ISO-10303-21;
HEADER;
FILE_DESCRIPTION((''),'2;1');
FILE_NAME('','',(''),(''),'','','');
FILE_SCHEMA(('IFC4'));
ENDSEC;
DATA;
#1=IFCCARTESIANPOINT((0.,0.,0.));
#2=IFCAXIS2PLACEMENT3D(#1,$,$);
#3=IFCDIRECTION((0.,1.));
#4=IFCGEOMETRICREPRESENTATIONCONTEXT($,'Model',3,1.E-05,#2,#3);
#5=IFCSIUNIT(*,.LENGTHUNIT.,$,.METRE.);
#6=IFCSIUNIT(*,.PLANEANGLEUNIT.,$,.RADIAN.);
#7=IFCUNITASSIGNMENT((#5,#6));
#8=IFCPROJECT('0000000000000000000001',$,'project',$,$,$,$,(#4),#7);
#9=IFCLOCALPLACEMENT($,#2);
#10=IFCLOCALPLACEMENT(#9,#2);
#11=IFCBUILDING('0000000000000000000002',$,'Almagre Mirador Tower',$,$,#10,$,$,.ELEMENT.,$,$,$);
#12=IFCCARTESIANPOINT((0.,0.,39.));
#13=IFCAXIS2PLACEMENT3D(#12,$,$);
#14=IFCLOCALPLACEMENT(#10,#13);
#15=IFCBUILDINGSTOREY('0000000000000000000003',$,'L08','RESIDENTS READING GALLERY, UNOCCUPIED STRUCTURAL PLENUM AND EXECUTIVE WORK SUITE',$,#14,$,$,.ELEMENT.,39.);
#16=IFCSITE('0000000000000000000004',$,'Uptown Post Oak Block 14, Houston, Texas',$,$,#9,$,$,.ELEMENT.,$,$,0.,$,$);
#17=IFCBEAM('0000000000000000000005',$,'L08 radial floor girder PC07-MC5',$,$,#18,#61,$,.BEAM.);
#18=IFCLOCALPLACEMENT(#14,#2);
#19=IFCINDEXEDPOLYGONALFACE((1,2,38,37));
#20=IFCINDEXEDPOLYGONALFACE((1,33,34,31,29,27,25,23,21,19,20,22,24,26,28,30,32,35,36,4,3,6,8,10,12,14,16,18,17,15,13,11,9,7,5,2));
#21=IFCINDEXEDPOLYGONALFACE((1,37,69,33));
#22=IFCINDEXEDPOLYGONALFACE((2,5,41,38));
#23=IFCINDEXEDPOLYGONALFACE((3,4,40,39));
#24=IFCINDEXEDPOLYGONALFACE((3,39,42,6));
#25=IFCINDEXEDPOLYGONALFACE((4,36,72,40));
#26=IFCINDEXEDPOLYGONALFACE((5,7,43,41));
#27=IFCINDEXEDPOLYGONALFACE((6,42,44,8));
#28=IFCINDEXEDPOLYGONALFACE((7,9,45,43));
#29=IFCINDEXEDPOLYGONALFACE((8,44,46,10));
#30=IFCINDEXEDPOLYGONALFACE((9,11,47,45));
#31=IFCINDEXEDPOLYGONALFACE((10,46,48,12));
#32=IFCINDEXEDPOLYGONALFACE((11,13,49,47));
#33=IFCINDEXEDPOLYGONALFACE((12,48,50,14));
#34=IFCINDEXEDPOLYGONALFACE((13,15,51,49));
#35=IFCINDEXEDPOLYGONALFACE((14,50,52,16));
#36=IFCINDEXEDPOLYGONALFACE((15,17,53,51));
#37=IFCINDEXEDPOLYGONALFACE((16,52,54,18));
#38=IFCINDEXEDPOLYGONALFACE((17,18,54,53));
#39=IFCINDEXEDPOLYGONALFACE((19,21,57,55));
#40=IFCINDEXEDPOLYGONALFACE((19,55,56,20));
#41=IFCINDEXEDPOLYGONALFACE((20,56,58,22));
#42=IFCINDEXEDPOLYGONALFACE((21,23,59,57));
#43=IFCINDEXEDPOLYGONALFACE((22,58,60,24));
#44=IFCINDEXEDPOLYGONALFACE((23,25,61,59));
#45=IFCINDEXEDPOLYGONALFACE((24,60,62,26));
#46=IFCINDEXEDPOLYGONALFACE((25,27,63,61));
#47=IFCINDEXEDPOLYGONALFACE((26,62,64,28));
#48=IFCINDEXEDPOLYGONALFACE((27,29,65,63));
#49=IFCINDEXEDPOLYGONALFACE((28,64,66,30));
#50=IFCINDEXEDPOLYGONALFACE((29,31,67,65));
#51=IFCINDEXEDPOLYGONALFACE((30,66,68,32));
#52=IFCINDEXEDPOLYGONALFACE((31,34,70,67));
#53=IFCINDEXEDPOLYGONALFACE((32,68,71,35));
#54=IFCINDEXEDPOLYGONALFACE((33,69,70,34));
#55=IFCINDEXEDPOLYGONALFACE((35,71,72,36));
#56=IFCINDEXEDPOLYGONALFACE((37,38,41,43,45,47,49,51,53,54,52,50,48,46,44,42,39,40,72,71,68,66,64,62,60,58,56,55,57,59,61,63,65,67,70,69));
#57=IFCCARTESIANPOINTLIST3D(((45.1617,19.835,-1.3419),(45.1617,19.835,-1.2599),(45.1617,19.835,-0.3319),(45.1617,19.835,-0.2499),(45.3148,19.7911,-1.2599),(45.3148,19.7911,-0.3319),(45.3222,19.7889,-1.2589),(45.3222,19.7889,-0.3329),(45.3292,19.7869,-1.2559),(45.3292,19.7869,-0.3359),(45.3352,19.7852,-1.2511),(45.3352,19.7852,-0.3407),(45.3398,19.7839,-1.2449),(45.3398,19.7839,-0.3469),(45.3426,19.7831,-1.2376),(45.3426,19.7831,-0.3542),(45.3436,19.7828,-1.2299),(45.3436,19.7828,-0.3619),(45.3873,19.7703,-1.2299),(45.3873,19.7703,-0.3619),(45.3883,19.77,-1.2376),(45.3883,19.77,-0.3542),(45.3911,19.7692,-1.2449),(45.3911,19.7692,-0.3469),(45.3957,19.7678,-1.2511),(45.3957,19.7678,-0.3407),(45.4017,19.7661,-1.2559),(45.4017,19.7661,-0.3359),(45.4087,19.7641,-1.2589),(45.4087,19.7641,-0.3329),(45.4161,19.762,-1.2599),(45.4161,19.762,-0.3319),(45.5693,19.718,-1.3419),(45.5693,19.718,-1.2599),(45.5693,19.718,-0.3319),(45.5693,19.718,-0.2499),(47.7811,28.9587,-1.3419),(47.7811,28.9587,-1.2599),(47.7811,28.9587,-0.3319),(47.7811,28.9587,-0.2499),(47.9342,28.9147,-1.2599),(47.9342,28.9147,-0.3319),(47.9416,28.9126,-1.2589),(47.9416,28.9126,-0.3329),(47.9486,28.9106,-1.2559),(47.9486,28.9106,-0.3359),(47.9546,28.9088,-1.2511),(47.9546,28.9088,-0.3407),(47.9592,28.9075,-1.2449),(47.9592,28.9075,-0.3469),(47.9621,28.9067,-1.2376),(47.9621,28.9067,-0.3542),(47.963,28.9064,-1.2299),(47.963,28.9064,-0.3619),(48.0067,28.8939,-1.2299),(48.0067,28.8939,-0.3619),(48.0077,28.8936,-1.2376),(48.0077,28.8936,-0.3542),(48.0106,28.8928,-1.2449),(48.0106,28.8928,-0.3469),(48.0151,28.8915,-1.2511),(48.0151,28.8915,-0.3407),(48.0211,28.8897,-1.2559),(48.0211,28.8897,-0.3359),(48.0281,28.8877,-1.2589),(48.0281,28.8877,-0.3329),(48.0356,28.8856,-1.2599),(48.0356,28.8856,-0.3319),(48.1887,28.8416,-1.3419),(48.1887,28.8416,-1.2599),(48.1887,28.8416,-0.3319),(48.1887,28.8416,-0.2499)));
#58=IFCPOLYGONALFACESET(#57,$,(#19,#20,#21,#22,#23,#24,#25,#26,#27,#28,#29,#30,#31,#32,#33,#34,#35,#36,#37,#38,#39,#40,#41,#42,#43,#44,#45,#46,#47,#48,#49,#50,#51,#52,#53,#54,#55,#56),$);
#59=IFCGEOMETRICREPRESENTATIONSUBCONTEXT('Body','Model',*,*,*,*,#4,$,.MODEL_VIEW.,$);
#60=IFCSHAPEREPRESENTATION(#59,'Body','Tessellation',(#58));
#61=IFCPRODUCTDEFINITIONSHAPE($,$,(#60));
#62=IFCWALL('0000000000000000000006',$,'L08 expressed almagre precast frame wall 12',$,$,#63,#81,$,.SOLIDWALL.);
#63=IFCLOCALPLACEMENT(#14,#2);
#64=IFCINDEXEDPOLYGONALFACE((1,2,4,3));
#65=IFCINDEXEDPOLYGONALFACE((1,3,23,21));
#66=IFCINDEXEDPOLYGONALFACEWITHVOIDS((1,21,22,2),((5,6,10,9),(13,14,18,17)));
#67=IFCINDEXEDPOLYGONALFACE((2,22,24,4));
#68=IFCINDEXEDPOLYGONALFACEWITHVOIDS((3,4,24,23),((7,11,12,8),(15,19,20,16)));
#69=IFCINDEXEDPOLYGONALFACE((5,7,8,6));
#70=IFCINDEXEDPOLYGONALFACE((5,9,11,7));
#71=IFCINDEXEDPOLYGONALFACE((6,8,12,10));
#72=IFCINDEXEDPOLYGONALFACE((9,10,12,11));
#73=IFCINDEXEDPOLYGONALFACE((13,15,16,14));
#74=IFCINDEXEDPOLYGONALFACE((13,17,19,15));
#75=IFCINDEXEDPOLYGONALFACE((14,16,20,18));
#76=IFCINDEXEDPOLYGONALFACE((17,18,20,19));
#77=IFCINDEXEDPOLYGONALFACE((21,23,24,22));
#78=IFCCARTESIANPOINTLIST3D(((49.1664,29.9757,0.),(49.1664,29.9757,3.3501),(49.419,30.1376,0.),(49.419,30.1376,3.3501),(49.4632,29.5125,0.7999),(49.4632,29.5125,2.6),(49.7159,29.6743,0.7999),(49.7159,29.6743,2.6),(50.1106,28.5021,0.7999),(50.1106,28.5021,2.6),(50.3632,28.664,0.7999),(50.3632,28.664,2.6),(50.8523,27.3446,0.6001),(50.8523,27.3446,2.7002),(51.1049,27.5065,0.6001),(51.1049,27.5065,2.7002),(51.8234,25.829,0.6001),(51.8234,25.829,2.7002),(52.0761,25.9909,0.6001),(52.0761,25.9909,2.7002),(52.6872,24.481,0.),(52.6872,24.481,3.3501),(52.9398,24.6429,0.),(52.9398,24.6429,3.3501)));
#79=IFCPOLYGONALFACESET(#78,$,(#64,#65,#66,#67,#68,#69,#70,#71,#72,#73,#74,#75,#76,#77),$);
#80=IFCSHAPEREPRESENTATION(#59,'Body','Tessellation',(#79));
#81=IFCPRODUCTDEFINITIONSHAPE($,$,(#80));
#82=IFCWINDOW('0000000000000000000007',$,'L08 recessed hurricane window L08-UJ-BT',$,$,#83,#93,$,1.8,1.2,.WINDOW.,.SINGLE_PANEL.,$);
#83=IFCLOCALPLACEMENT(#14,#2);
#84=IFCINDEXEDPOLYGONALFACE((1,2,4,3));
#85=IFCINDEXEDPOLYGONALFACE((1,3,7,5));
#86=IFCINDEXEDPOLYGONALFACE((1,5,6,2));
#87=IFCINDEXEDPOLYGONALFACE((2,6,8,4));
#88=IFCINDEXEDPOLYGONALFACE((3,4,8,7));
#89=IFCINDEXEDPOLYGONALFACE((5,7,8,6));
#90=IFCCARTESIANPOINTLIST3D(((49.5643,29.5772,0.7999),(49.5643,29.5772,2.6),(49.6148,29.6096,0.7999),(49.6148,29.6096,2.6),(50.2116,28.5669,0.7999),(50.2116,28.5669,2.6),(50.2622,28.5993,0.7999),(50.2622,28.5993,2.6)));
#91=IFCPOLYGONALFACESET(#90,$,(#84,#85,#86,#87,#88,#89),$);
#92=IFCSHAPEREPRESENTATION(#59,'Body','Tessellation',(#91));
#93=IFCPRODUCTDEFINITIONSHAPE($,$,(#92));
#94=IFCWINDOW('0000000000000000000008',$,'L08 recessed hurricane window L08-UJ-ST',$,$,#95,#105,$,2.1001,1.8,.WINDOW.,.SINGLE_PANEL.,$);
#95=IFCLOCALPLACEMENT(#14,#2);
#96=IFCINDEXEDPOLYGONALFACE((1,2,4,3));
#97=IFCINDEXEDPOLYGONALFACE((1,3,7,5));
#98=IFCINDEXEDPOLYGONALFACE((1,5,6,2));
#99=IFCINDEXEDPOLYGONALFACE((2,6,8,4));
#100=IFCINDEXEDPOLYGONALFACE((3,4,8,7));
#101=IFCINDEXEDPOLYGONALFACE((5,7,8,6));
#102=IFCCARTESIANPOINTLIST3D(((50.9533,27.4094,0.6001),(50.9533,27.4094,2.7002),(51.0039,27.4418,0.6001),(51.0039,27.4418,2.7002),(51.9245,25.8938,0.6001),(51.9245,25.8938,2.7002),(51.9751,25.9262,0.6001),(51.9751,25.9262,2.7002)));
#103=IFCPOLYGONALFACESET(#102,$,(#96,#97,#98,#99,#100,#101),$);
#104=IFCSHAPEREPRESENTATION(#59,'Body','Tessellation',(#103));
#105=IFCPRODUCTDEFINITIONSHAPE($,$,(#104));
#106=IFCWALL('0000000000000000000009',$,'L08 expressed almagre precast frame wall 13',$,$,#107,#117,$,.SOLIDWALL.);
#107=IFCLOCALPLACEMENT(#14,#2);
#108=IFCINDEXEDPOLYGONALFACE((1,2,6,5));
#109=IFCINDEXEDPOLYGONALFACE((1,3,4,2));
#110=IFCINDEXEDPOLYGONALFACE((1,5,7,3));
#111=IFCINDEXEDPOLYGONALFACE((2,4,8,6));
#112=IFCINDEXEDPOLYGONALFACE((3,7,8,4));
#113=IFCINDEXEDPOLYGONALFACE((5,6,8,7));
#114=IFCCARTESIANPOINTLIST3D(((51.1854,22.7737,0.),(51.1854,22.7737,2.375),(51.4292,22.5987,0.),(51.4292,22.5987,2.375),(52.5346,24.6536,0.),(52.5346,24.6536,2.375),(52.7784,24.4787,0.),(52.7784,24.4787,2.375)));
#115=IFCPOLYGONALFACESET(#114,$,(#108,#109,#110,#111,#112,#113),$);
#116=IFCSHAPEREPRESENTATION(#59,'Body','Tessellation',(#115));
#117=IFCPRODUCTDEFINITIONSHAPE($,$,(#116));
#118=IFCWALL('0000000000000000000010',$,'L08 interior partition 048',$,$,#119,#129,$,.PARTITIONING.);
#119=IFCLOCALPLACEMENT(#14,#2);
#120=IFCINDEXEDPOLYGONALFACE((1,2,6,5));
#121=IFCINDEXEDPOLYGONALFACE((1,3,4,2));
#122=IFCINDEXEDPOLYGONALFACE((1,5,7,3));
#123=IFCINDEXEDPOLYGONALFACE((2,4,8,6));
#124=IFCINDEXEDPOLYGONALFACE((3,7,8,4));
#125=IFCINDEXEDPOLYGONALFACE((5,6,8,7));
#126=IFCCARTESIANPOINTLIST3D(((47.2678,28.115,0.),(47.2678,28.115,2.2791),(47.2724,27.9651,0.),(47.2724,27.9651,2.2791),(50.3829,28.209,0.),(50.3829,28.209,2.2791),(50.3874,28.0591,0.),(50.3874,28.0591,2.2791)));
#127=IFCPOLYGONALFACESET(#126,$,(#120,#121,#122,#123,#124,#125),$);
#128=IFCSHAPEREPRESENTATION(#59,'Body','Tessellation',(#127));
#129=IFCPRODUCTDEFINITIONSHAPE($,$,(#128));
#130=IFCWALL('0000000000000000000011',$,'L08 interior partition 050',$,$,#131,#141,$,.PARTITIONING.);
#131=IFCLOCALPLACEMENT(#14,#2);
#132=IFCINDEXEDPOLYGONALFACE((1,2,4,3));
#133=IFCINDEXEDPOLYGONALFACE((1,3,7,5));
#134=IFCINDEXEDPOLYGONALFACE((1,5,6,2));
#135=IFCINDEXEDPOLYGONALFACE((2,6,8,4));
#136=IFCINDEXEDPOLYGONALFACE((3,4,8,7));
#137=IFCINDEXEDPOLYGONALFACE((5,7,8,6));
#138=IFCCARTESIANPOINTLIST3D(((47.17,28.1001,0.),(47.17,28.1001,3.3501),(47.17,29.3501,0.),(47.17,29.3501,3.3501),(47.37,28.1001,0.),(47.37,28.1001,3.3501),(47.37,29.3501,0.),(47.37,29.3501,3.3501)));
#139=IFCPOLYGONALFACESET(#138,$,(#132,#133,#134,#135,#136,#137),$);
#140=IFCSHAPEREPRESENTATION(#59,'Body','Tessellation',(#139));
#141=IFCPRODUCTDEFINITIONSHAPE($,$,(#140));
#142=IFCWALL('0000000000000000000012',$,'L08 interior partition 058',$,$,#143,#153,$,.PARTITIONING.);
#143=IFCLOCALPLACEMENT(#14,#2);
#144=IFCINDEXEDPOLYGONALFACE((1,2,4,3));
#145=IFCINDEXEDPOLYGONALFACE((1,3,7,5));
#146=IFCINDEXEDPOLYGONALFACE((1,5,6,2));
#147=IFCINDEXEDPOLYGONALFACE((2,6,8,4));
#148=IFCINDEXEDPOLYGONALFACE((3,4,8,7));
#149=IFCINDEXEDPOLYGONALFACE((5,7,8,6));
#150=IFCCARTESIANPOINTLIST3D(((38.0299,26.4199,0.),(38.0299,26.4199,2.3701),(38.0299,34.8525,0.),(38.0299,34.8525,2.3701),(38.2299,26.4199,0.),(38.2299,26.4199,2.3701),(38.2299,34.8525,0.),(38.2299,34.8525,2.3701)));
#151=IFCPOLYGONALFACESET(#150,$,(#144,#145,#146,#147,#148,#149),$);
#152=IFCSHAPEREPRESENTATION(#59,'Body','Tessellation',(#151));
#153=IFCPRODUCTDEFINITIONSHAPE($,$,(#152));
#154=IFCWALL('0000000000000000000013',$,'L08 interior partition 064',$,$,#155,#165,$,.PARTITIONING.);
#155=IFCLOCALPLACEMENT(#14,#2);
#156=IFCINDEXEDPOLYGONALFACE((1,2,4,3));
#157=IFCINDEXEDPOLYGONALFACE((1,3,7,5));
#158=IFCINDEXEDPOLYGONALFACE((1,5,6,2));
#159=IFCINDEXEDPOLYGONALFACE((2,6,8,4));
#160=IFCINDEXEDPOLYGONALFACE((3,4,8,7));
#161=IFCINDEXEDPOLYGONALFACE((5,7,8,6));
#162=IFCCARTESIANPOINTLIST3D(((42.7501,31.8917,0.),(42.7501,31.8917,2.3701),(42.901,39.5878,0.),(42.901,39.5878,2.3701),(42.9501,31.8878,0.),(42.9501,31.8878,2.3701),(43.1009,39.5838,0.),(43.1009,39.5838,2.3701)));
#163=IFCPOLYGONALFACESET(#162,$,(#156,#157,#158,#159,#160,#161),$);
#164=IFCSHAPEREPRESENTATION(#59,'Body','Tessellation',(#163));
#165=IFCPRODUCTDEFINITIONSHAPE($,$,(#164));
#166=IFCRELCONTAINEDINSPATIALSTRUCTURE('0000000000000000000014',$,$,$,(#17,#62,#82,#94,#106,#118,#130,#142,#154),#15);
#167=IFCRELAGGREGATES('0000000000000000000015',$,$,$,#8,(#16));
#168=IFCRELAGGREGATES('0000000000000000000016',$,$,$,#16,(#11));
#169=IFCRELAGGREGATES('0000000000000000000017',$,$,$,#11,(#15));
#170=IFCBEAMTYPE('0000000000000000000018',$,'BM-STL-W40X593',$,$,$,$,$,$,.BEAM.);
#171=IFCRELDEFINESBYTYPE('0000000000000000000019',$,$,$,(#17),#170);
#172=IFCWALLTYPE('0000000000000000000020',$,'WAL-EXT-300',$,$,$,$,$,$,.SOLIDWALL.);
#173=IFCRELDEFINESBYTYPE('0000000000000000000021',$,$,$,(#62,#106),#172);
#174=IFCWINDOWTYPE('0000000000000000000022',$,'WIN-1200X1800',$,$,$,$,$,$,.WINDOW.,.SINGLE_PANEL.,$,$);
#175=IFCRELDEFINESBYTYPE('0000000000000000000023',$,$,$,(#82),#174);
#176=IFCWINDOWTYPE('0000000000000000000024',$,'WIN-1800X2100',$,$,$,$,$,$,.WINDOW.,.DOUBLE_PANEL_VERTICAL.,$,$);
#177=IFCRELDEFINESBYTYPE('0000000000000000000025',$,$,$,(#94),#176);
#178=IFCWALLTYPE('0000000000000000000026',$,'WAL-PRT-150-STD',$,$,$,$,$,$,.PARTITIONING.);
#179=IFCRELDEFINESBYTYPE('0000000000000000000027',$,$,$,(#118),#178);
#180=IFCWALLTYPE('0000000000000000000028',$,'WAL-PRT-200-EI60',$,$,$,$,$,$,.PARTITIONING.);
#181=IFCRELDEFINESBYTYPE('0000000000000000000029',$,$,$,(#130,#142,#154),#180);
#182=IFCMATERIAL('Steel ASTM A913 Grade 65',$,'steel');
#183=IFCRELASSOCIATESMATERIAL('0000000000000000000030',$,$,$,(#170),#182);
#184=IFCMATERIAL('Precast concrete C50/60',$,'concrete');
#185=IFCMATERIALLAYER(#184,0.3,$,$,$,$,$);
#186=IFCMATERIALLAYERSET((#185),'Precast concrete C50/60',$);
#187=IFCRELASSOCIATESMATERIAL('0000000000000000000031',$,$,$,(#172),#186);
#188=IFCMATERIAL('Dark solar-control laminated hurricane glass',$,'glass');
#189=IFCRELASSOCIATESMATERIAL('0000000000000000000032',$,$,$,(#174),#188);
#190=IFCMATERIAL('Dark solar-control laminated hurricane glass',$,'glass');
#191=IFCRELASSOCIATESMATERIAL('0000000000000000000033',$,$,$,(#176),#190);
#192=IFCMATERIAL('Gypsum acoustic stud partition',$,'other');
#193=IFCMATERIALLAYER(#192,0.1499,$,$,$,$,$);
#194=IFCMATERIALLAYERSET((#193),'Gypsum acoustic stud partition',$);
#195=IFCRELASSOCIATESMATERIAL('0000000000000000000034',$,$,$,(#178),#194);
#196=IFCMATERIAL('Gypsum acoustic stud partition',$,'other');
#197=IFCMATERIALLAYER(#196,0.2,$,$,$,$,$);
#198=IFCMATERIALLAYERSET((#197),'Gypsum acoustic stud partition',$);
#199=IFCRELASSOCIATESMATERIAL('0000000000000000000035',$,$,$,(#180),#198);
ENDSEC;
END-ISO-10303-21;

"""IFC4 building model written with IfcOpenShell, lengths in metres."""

from ifc_helpers import new_model, si_unit, direction, frame, frame_2d, origin, origin_2d, place, context, subcontext, project, spatial, rectangle, i_section, extrude, material, layer, layer_set, material_profile, profile_set, type_object, element, fill, save


model = new_model("IFC4")

# Units and contexts
model_context = context("Model", 3, precision=1e-05, world=origin(), true_north=direction((0.0, 1.0)))
body_context = subcontext(model_context, "Body", "Model", "MODEL_VIEW")
ifc_project = project(units=[si_unit("LENGTHUNIT", "METRE"), si_unit("PLANEANGLEUNIT", "RADIAN")], contexts=[model_context])

# Site, building, storey
site_placement = place(None, origin())
site = spatial("IfcSite", under=ifc_project, at=site_placement, Name="Uptown Post Oak Block 14, Houston, Texas", CompositionType="ELEMENT", RefElevation=0.0)
building_placement = place(site_placement, origin())
building = spatial("IfcBuilding", under=site, at=building_placement, Name="Almagre Mirador Tower", CompositionType="ELEMENT")
storey_placement = place(building_placement, frame((0.0, 0.0, 39.0)))
storey = spatial("IfcBuildingStorey", under=building, at=storey_placement, Name="L08", Description="RESIDENTS READING GALLERY, UNOCCUPIED STRUCTURAL PLENUM AND EXECUTIVE WORK SUITE", CompositionType="ELEMENT", Elevation=39.0)

# Beam
ifc_material_1 = material(Name="Steel ASTM A913 Grade 65", Category="steel")
ifc_material_profile_1 = material_profile(ifc_material_1, i_section(OverallWidth=0.4241, OverallDepth=1.092, WebThickness=0.0454, FlangeThickness=0.082, FilletRadius=0.03, at=origin_2d()), Name="W40X593")
ifc_profile_set_1 = profile_set([ifc_material_profile_1], Name="Steel ASTM A913 Grade 65")
beam_type_1 = type_object("IfcBeamType", Name="BM-STL-W40X593", PredefinedType="BEAM", material=ifc_profile_set_1)
beam_1_placement = place(storey_placement, frame((47.9849, 28.9001, -0.7959), z_axis=(-0.275954, -0.961171, 0.0), x_axis=(0.961171, -0.275954, 0.0)))
element("IfcBeam", 1, at=beam_1_placement, inside=storey, type_object=beam_type_1, Name="L08 radial floor girder PC07-MC5", PredefinedType="BEAM", context=body_context, shape_type="SweptSolid", body=[
    extrude(i_section(OverallWidth=0.4241, OverallDepth=1.092, WebThickness=0.0454, FlangeThickness=0.082, FilletRadius=0.03, at=origin_2d()), origin(), (0.0, 0.0, 1.0), 9.4922),
])

# Wall, openings, windows
ifc_material_2 = material(Name="Precast concrete C50/60", Category="concrete")
ifc_layer_1 = layer(ifc_material_2, 0.3)
ifc_layer_set_1 = layer_set([ifc_layer_1], Name="Precast concrete C50/60")
wall_type_1 = type_object("IfcWallType", Name="WAL-EXT-300", PredefinedType="SOLIDWALL", material=ifc_layer_set_1)
wall_1_placement = place(storey_placement, frame((49.2927, 30.0566, 0.0), z_axis=(0.0, 0.0, 1.0), x_axis=(0.539509, -0.84198, 0.0)))
wall_1 = element("IfcWall", 2, at=wall_1_placement, inside=storey, type_object=wall_type_1, Name="L08 expressed almagre precast frame wall 12", PredefinedType="SOLIDWALL", context=body_context, shape_type="SweptSolid", body=[
    extrude(rectangle(XDim=6.5259, YDim=0.3, at=frame_2d((3.2629, 0.0))), origin(), (0.0, 0.0, 1.0), 3.3501),
])
opening_1_placement = place(wall_1_placement, frame((3.125, 0.0, 0.6001)))
opening_1 = element("IfcOpeningElement", 3, at=opening_1_placement, cuts=wall_1, PredefinedType="OPENING", context=body_context, shape_type="SweptSolid", body=[
    extrude(rectangle(XDim=1.8, YDim=2.1001, at=frame_2d((0.8999, 1.05))), frame((0.0, 0.1599, 0.0), z_axis=(0.0, -1.0, 0.0), x_axis=(1.0, 0.0, 0.0)), (0.0, 0.0, 1.0), 0.32),
])
opening_2_placement = place(wall_1_placement, frame((0.55, 0.0, 0.8)))
opening_2 = element("IfcOpeningElement", 4, at=opening_2_placement, cuts=wall_1, PredefinedType="OPENING", context=body_context, shape_type="SweptSolid", body=[
    extrude(rectangle(XDim=1.2, YDim=1.8, at=frame_2d((0.6001, 0.8999))), frame((0.0, 0.1599, 0.0), z_axis=(0.0, -1.0, 0.0), x_axis=(1.0, 0.0, 0.0)), (0.0, 0.0, 1.0), 0.32),
])
ifc_material_3 = material(Name="Dark solar-control laminated hurricane glass", Category="glass")
window_type_1 = type_object("IfcWindowType", Name="WIN-1200X1800", PartitioningType="SINGLE_PANEL", PredefinedType="WINDOW", material=ifc_material_3)
window_1_placement = place(opening_2_placement, origin())
window_1 = element("IfcWindow", 5, at=window_1_placement, inside=storey, type_object=window_type_1, Name="L08 recessed hurricane window L08-UJ-BT", OverallHeight=1.8, OverallWidth=1.2, PartitioningType="SINGLE_PANEL", PredefinedType="WINDOW", context=body_context, shape_type="SweptSolid", body=[
    extrude(rectangle(XDim=1.2, YDim=1.8, at=frame_2d((0.6001, 0.8999))), frame((0.0, 0.03, 0.0), z_axis=(0.0, -1.0, 0.0), x_axis=(1.0, 0.0, 0.0)), (0.0, 0.0, 1.0), 0.0601),
])
fill(opening_2, window_1)
ifc_material_4 = material(Name="Dark solar-control laminated hurricane glass", Category="glass")
window_type_2 = type_object("IfcWindowType", Name="WIN-1800X2100", PartitioningType="DOUBLE_PANEL_VERTICAL", PredefinedType="WINDOW", material=ifc_material_4)
window_2_placement = place(opening_1_placement, origin())
window_2 = element("IfcWindow", 6, at=window_2_placement, inside=storey, type_object=window_type_2, Name="L08 recessed hurricane window L08-UJ-ST", OverallHeight=2.1001, OverallWidth=1.8, PartitioningType="SINGLE_PANEL", PredefinedType="WINDOW", context=body_context, shape_type="SweptSolid", body=[
    extrude(rectangle(XDim=1.8, YDim=2.1001, at=frame_2d((0.8999, 1.05))), frame((0.0, 0.03, 0.0), z_axis=(0.0, -1.0, 0.0), x_axis=(1.0, 0.0, 0.0)), (0.0, 0.0, 1.0), 0.0601),
])
fill(opening_1, window_2)

# Walls
wall_2_placement = place(storey_placement, frame((52.6565, 24.5662, 0.0), z_axis=(0.0, 0.0, 1.0), x_axis=(-0.583053, -0.812434, 0.0)))
element("IfcWall", 7, at=wall_2_placement, inside=storey, type_object=wall_type_1, Name="L08 expressed almagre precast frame wall 13", PredefinedType="SOLIDWALL", context=body_context, shape_type="SweptSolid", body=[
    extrude(rectangle(XDim=2.314, YDim=0.3, at=frame_2d((1.157, 0.0))), origin(), (0.0, 0.0, 1.0), 2.375),
])
ifc_material_5 = material(Name="Gypsum acoustic stud partition", Category="other")
ifc_layer_2 = layer(ifc_material_5, 0.1499)
ifc_layer_set_2 = layer_set([ifc_layer_2], Name="Gypsum acoustic stud partition")
wall_type_2 = type_object("IfcWallType", Name="WAL-PRT-150-STD", PredefinedType="PARTITIONING", material=ifc_layer_set_2)
wall_3_placement = place(storey_placement, frame((50.385, 28.134, 0.0), z_axis=(0.0, 0.0, 1.0), x_axis=(-0.999545, -0.030161, 0.0)))
element("IfcWall", 8, at=wall_3_placement, inside=storey, type_object=wall_type_2, Name="L08 interior partition 048", PredefinedType="PARTITIONING", context=body_context, shape_type="SweptSolid", body=[
    extrude(rectangle(XDim=3.1165, YDim=0.1499, at=frame_2d((1.5581, 0.0))), origin(), (0.0, 0.0, 1.0), 2.2791),
])
ifc_material_6 = material(Name="Gypsum acoustic stud partition", Category="other")
ifc_layer_3 = layer(ifc_material_6, 0.2)
ifc_layer_set_3 = layer_set([ifc_layer_3], Name="Gypsum acoustic stud partition")
wall_type_3 = type_object("IfcWallType", Name="WAL-PRT-200-EI60", PredefinedType="PARTITIONING", material=ifc_layer_set_3)
wall_4_placement = place(storey_placement, frame((47.27, 29.3501, 0.0), z_axis=(0.0, 0.0, 1.0), x_axis=(0.0, -1.0, 0.0)))
element("IfcWall", 9, at=wall_4_placement, inside=storey, type_object=wall_type_3, Name="L08 interior partition 050", PredefinedType="PARTITIONING", context=body_context, shape_type="SweptSolid", body=[
    extrude(rectangle(XDim=1.25, YDim=0.2, at=frame_2d((0.625, 0.0))), origin(), (0.0, 0.0, 1.0), 3.3501),
])
wall_5_placement = place(storey_placement, frame((38.1299, 26.4199, 0.0), z_axis=(0.0, 0.0, 1.0), x_axis=(0.0, 1.0, 0.0)))
element("IfcWall", 10, at=wall_5_placement, inside=storey, type_object=wall_type_3, Name="L08 interior partition 058", PredefinedType="PARTITIONING", context=body_context, shape_type="SweptSolid", body=[
    extrude(rectangle(XDim=8.4326, YDim=0.2, at=frame_2d((4.2163, 0.0))), origin(), (0.0, 0.0, 1.0), 2.3701),
])
wall_6_placement = place(storey_placement, frame((42.8501, 31.8899, 0.0), z_axis=(0.0, 0.0, 1.0), x_axis=(0.019601, 0.999808, 0.0)))
element("IfcWall", 11, at=wall_6_placement, inside=storey, type_object=wall_type_3, Name="L08 interior partition 064", PredefinedType="PARTITIONING", context=body_context, shape_type="SweptSolid", body=[
    extrude(rectangle(XDim=7.6975, YDim=0.2, at=frame_2d((3.8486, 0.0))), origin(), (0.0, 0.0, 1.0), 2.3701),
])

save(model, "model.ifc")
